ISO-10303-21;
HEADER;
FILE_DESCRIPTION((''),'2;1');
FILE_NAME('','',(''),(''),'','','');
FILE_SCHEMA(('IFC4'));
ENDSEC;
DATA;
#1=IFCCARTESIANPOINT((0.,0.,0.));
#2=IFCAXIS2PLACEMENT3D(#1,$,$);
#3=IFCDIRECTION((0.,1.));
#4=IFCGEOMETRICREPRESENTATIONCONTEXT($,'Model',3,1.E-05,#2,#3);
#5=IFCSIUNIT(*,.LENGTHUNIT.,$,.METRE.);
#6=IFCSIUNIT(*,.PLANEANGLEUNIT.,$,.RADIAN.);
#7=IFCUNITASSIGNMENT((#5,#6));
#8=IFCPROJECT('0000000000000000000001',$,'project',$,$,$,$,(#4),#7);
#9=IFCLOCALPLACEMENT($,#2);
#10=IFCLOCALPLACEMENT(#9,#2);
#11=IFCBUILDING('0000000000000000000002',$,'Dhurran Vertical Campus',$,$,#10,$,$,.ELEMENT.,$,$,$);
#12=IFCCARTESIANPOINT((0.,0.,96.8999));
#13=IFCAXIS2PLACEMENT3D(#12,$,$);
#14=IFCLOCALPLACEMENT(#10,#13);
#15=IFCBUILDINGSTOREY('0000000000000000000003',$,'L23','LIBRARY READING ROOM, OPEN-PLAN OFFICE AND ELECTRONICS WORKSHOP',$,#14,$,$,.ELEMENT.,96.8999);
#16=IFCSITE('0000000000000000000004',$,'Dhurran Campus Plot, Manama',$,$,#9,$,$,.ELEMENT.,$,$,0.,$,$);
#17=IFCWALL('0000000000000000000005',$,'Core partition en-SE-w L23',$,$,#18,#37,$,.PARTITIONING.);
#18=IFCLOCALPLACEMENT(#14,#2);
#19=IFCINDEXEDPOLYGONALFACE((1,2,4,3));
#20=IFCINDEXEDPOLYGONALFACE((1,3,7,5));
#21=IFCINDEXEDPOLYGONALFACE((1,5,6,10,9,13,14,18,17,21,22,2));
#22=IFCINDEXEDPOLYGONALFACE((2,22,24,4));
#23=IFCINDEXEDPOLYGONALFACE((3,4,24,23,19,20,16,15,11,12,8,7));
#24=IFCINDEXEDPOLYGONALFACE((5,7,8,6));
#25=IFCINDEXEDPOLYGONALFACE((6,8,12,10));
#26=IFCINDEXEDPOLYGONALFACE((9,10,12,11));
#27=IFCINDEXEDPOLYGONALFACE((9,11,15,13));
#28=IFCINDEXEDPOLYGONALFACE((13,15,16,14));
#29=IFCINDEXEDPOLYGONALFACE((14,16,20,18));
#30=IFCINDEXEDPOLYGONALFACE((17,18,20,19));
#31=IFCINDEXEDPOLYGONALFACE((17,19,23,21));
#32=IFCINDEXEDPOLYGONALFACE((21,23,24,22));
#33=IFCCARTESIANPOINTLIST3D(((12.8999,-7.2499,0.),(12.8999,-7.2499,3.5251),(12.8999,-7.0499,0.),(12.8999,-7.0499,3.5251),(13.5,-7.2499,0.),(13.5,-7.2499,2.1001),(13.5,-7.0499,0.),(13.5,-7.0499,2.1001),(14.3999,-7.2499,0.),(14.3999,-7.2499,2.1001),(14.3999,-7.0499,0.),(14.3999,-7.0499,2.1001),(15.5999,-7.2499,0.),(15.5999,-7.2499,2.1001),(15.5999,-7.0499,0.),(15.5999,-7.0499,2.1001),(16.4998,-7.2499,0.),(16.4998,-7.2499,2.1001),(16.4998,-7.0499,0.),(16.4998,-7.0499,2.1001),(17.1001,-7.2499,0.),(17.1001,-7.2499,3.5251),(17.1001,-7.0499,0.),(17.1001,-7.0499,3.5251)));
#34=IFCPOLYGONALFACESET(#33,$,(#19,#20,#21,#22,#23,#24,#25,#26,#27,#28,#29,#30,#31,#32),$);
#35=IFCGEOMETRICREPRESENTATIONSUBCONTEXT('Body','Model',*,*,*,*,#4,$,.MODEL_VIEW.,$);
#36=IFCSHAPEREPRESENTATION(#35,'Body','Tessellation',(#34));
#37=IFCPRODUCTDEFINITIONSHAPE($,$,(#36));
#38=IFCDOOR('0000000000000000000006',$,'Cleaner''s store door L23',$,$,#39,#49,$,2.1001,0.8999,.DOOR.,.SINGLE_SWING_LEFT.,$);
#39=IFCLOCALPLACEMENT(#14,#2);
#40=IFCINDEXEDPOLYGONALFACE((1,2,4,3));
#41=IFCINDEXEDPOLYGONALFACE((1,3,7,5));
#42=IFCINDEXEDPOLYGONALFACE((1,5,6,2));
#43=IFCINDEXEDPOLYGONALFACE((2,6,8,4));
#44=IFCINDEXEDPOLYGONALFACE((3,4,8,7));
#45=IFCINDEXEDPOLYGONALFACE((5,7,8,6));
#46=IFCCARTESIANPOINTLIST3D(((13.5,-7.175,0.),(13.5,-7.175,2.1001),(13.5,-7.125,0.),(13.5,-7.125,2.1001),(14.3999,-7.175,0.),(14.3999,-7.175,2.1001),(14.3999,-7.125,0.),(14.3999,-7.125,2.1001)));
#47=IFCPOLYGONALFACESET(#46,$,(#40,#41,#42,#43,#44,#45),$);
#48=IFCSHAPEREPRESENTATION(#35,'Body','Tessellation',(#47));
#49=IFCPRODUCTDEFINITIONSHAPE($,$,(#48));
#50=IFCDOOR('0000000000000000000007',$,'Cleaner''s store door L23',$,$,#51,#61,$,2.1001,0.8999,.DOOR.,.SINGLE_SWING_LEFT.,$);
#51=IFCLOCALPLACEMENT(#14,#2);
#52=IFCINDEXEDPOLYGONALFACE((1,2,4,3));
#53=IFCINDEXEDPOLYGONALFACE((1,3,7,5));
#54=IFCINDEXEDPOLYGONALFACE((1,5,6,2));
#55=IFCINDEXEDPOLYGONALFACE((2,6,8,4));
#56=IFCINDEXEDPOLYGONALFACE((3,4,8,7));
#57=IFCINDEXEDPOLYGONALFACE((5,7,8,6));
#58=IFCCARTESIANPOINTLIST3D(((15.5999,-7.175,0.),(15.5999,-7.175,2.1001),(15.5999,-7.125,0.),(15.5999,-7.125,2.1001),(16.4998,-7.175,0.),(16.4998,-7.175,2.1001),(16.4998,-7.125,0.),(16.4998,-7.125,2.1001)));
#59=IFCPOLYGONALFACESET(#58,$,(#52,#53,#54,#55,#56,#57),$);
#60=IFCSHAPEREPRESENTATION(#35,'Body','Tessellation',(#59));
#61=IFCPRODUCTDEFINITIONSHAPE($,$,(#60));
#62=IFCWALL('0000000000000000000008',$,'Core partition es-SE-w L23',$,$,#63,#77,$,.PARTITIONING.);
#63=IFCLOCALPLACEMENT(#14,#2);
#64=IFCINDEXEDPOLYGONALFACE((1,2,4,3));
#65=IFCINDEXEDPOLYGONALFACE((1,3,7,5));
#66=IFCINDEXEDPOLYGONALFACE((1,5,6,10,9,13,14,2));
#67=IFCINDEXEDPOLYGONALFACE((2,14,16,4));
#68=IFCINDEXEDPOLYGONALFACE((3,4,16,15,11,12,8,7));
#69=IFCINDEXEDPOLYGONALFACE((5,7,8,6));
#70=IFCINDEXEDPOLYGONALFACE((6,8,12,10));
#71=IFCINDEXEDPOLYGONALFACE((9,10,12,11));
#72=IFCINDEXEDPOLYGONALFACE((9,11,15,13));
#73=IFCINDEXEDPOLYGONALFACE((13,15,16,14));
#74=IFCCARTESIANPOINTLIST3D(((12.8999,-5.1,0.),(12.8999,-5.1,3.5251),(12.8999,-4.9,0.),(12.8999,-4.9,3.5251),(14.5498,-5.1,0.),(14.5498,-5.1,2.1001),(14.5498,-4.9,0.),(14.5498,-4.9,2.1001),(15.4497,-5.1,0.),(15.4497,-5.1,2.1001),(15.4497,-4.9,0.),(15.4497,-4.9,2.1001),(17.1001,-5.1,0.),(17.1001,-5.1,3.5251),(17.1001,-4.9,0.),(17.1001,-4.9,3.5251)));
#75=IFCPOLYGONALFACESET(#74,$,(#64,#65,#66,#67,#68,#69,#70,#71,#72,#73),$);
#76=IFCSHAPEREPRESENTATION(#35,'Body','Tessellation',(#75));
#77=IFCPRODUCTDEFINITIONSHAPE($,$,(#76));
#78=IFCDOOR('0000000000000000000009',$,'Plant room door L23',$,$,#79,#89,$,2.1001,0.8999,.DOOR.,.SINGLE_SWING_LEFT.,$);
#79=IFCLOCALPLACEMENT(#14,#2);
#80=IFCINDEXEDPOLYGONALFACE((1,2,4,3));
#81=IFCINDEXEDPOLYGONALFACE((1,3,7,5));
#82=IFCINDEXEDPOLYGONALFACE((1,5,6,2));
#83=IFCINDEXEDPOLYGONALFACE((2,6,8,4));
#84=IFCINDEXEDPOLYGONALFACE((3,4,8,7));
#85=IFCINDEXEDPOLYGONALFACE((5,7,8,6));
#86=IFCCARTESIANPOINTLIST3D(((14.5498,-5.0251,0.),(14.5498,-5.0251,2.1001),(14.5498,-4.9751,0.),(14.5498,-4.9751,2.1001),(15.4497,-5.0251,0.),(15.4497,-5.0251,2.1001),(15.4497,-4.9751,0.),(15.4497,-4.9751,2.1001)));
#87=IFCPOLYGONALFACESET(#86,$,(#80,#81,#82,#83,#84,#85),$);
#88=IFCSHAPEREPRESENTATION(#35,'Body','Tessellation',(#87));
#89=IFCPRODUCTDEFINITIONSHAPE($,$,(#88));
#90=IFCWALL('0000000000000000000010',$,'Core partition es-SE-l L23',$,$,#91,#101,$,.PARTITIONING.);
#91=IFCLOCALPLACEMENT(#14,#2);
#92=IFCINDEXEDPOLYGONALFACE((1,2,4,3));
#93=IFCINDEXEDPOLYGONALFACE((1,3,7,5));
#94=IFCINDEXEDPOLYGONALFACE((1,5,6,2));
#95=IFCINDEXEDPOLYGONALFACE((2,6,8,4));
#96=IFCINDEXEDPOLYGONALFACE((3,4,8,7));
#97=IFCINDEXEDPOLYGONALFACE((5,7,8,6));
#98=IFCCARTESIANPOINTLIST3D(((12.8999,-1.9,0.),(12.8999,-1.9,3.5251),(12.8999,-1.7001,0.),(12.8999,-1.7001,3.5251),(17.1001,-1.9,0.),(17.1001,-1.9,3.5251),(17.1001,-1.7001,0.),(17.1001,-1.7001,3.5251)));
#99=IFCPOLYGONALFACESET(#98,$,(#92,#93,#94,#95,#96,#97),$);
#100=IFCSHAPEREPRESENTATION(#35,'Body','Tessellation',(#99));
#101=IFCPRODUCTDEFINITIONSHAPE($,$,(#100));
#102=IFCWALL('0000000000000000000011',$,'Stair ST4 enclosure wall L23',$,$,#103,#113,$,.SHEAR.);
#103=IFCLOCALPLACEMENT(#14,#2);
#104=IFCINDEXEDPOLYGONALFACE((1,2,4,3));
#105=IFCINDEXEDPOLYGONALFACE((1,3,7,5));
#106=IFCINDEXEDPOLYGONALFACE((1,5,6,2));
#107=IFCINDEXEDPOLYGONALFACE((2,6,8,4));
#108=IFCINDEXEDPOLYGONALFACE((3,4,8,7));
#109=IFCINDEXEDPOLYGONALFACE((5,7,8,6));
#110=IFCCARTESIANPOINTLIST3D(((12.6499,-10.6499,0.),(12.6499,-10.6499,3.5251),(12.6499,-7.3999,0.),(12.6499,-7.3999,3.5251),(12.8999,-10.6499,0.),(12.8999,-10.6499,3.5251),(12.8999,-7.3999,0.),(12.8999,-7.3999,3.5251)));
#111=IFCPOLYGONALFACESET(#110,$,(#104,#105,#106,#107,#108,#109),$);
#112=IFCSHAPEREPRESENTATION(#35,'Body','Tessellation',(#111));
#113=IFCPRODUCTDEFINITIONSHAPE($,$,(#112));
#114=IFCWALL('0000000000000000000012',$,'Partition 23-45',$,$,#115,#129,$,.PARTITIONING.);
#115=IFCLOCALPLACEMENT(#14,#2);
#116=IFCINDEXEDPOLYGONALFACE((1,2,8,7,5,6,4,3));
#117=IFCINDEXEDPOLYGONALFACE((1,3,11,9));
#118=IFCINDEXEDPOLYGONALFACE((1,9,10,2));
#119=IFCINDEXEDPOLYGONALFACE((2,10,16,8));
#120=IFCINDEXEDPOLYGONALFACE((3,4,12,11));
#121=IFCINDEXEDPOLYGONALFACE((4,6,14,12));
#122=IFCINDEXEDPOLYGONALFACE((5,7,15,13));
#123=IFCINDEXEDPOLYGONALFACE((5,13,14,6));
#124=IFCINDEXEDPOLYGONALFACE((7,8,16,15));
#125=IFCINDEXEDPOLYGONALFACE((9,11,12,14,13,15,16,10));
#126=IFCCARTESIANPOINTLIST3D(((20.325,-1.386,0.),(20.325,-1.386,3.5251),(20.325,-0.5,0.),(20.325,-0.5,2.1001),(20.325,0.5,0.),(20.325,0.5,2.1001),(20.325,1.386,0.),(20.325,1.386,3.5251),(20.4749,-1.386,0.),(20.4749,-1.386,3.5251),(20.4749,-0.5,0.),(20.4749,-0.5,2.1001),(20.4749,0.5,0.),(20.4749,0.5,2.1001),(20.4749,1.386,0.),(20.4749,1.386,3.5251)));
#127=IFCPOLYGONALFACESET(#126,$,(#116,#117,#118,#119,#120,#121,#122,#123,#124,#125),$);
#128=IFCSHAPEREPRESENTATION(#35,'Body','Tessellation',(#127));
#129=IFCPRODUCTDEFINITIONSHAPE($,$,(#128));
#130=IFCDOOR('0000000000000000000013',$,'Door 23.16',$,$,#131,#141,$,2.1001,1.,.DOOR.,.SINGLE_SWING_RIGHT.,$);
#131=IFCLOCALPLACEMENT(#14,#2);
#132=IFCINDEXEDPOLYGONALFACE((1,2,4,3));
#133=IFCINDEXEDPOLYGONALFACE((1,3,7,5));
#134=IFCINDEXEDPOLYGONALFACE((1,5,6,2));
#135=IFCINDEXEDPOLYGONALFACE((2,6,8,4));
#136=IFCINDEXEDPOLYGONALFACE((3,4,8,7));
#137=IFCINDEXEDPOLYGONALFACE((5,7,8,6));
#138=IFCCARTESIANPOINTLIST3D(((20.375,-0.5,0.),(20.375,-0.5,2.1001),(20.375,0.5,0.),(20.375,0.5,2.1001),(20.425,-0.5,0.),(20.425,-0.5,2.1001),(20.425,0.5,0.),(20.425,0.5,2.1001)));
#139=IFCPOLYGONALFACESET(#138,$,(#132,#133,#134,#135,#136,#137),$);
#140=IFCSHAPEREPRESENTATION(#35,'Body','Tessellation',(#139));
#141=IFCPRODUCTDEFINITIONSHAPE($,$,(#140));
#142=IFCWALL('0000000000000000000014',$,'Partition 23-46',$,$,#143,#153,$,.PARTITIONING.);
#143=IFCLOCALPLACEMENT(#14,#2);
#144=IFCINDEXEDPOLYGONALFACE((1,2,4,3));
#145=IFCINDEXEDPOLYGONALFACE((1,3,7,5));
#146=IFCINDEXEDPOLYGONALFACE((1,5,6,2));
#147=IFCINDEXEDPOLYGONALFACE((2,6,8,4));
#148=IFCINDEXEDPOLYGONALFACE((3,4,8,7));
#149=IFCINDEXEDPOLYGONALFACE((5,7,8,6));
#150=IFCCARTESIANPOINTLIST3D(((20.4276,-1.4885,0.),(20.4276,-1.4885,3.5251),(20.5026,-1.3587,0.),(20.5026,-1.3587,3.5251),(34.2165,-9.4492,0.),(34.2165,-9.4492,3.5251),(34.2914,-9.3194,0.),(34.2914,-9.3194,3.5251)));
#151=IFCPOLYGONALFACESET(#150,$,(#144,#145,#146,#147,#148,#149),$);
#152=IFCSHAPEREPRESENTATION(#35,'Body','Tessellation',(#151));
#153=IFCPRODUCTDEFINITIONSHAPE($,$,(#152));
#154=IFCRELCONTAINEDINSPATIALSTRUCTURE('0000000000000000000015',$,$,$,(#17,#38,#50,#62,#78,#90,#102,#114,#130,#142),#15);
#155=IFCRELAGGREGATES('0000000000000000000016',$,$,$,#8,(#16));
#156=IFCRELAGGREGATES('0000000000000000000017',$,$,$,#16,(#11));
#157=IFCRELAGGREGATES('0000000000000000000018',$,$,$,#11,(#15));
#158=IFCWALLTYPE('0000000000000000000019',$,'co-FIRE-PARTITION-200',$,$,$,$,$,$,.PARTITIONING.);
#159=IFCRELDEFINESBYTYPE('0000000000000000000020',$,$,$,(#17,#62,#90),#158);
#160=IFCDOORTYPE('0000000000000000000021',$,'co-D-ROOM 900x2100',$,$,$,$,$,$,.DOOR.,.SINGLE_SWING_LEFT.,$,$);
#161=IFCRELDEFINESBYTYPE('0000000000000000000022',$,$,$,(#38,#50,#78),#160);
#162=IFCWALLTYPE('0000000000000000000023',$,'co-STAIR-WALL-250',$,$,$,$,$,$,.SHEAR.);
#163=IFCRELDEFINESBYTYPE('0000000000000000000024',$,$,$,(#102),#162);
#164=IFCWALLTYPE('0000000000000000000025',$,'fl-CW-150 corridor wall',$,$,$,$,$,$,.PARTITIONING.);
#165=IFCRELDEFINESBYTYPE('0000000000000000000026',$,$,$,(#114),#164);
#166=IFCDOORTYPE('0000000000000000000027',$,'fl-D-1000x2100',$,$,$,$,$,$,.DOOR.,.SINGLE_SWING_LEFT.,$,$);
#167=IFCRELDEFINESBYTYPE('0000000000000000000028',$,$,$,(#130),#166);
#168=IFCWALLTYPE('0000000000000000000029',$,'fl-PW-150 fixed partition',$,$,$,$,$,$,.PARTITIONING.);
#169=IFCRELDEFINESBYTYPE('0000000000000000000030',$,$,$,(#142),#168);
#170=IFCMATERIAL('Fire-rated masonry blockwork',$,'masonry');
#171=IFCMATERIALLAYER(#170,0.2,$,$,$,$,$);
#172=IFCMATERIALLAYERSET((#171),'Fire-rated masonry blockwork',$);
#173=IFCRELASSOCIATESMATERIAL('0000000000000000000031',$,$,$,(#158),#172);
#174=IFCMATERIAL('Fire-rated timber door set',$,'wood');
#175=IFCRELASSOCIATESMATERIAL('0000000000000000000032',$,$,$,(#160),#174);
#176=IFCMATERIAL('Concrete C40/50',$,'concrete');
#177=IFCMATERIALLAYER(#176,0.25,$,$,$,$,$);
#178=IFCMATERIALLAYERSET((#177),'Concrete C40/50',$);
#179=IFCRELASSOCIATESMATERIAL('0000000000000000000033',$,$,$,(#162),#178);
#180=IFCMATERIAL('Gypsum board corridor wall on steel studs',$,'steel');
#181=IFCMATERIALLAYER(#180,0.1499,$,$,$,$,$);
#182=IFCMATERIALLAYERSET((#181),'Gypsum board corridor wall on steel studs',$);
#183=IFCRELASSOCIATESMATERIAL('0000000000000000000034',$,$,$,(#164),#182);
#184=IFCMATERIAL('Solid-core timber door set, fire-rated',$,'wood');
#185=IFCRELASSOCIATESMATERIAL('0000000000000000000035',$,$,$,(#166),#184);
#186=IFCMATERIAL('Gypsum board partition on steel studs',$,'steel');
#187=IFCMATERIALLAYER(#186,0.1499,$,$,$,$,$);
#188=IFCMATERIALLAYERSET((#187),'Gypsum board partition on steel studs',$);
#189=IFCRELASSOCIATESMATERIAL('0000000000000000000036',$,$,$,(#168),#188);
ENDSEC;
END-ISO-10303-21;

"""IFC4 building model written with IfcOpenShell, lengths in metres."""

from ifc_helpers import new_model, si_unit, direction, frame, frame_2d, origin, place, context, subcontext, project, spatial, rectangle, extrude, material, layer, layer_set, type_object, element, fill, save


model = new_model("IFC4")

# Units and contexts
model_context = context("Model", 3, precision=1e-05, world=origin(), true_north=direction((0.0, 1.0)))
body_context = subcontext(model_context, "Body", "Model", "MODEL_VIEW")
ifc_project = project(units=[si_unit("LENGTHUNIT", "METRE"), si_unit("PLANEANGLEUNIT", "RADIAN")], contexts=[model_context])

# Site, building, storey
site_placement = place(None, origin())
site = spatial("IfcSite", under=ifc_project, at=site_placement, Name="Dhurran Campus Plot, Manama", CompositionType="ELEMENT", RefElevation=0.0)
building_placement = place(site_placement, origin())
building = spatial("IfcBuilding", under=site, at=building_placement, Name="Dhurran Vertical Campus", CompositionType="ELEMENT")
storey_placement = place(building_placement, frame((0.0, 0.0, 96.8999)))
storey = spatial("IfcBuildingStorey", under=building, at=storey_placement, Name="L23", Description="LIBRARY READING ROOM, OPEN-PLAN OFFICE AND ELECTRONICS WORKSHOP", CompositionType="ELEMENT", Elevation=96.8999)

# Shared definitions
ifc_material_1 = material(Name="Fire-rated masonry blockwork", Category="masonry")
ifc_layer_1 = layer(ifc_material_1, 0.2)
ifc_layer_set_1 = layer_set([ifc_layer_1], Name="Fire-rated masonry blockwork")
wall_type_1 = type_object("IfcWallType", Name="co-FIRE-PARTITION-200", PredefinedType="PARTITIONING", material=ifc_layer_set_1)

# Wall, openings, doors
wall_1_placement = place(storey_placement, frame((12.8999, -7.1499, 0.0), z_axis=(0.0, 0.0, 1.0), x_axis=(1.0, 0.0, 0.0)))
wall_1 = element("IfcWall", 1, at=wall_1_placement, inside=storey, type_object=wall_type_1, Name="Core partition en-SE-w L23", PredefinedType="PARTITIONING", context=body_context, shape_type="SweptSolid", body=[
    extrude(rectangle(XDim=4.2002, YDim=0.2, at=frame_2d((2.1001, 0.0))), origin(), (0.0, 0.0, 1.0), 3.5251),
])
opening_1_placement = place(wall_1_placement, frame((0.6001, 0.0, 0.0)))
opening_1 = element("IfcOpeningElement", 2, at=opening_1_placement, cuts=wall_1, PredefinedType="OPENING", context=body_context, shape_type="SweptSolid", body=[
    extrude(rectangle(XDim=0.8999, YDim=2.1001, at=frame_2d((0.45, 1.05))), frame((0.0, 0.1099, 0.0), z_axis=(0.0, -1.0, 0.0), x_axis=(1.0, 0.0, 0.0)), (0.0, 0.0, 1.0), 0.22),
])
opening_2_placement = place(wall_1_placement, frame((2.7, 0.0, 0.0)))
opening_2 = element("IfcOpeningElement", 3, at=opening_2_placement, cuts=wall_1, PredefinedType="OPENING", context=body_context, shape_type="SweptSolid", body=[
    extrude(rectangle(XDim=0.8999, YDim=2.1001, at=frame_2d((0.45, 1.05))), frame((0.0, 0.1099, 0.0), z_axis=(0.0, -1.0, 0.0), x_axis=(1.0, 0.0, 0.0)), (0.0, 0.0, 1.0), 0.22),
])
ifc_material_2 = material(Name="Fire-rated timber door set", Category="wood")
door_type_1 = type_object("IfcDoorType", Name="co-D-ROOM 900x2100", OperationType="SINGLE_SWING_LEFT", PredefinedType="DOOR", material=ifc_material_2)
door_1_placement = place(opening_1_placement, origin())
door_1 = element("IfcDoor", 4, at=door_1_placement, inside=storey, type_object=door_type_1, Name="Cleaner's store door L23", OperationType="SINGLE_SWING_LEFT", OverallHeight=2.1001, OverallWidth=0.8999, PredefinedType="DOOR", context=body_context, shape_type="SweptSolid", body=[
    extrude(rectangle(XDim=0.8999, YDim=2.1001, at=frame_2d((0.45, 1.05))), frame((0.0, 0.0249, 0.0), z_axis=(0.0, -1.0, 0.0), x_axis=(1.0, 0.0, 0.0)), (0.0, 0.0, 1.0), 0.05),
])
fill(opening_1, door_1)
door_2_placement = place(opening_2_placement, origin())
door_2 = element("IfcDoor", 5, at=door_2_placement, inside=storey, type_object=door_type_1, Name="Cleaner's store door L23", OperationType="SINGLE_SWING_LEFT", OverallHeight=2.1001, OverallWidth=0.8999, PredefinedType="DOOR", context=body_context, shape_type="SweptSolid", body=[
    extrude(rectangle(XDim=0.8999, YDim=2.1001, at=frame_2d((0.45, 1.05))), frame((0.0, 0.0249, 0.0), z_axis=(0.0, -1.0, 0.0), x_axis=(1.0, 0.0, 0.0)), (0.0, 0.0, 1.0), 0.05),
])
fill(opening_2, door_2)

# Wall, opening, door
wall_2_placement = place(storey_placement, frame((12.8999, -5.0, 0.0), z_axis=(0.0, 0.0, 1.0), x_axis=(1.0, 0.0, 0.0)))
wall_2 = element("IfcWall", 6, at=wall_2_placement, inside=storey, type_object=wall_type_1, Name="Core partition es-SE-w L23", PredefinedType="PARTITIONING", context=body_context, shape_type="SweptSolid", body=[
    extrude(rectangle(XDim=4.2002, YDim=0.2, at=frame_2d((2.1001, 0.0))), origin(), (0.0, 0.0, 1.0), 3.5251),
])
opening_3_placement = place(wall_2_placement, frame((1.6499, 0.0, 0.0)))
opening_3 = element("IfcOpeningElement", 7, at=opening_3_placement, cuts=wall_2, PredefinedType="OPENING", context=body_context, shape_type="SweptSolid", body=[
    extrude(rectangle(XDim=0.8999, YDim=2.1001, at=frame_2d((0.45, 1.05))), frame((0.0, 0.1099, 0.0), z_axis=(0.0, -1.0, 0.0), x_axis=(1.0, 0.0, 0.0)), (0.0, 0.0, 1.0), 0.22),
])
door_3_placement = place(opening_3_placement, origin())
door_3 = element("IfcDoor", 8, at=door_3_placement, inside=storey, type_object=door_type_1, Name="Plant room door L23", OperationType="SINGLE_SWING_LEFT", OverallHeight=2.1001, OverallWidth=0.8999, PredefinedType="DOOR", context=body_context, shape_type="SweptSolid", body=[
    extrude(rectangle(XDim=0.8999, YDim=2.1001, at=frame_2d((0.45, 1.05))), frame((0.0, 0.0249, 0.0), z_axis=(0.0, -1.0, 0.0), x_axis=(1.0, 0.0, 0.0)), (0.0, 0.0, 1.0), 0.05),
])
fill(opening_3, door_3)

# Walls
wall_3_placement = place(storey_placement, frame((12.8999, -1.8, 0.0), z_axis=(0.0, 0.0, 1.0), x_axis=(1.0, 0.0, 0.0)))
element("IfcWall", 9, at=wall_3_placement, inside=storey, type_object=wall_type_1, Name="Core partition es-SE-l L23", PredefinedType="PARTITIONING", context=body_context, shape_type="SweptSolid", body=[
    extrude(rectangle(XDim=4.2002, YDim=0.2, at=frame_2d((2.1001, 0.0))), origin(), (0.0, 0.0, 1.0), 3.5251),
])
ifc_material_3 = material(Name="Concrete C40/50", Category="concrete")
ifc_layer_2 = layer(ifc_material_3, 0.25)
ifc_layer_set_2 = layer_set([ifc_layer_2], Name="Concrete C40/50")
wall_type_2 = type_object("IfcWallType", Name="co-STAIR-WALL-250", PredefinedType="SHEAR", material=ifc_layer_set_2)
wall_4_placement = place(storey_placement, frame((12.7749, -10.6499, 0.0), z_axis=(0.0, 0.0, 1.0), x_axis=(0.0, 1.0, 0.0)))
element("IfcWall", 10, at=wall_4_placement, inside=storey, type_object=wall_type_2, Name="Stair ST4 enclosure wall L23", PredefinedType="SHEAR", context=body_context, shape_type="SweptSolid", body=[
    extrude(rectangle(XDim=3.25, YDim=0.25, at=frame_2d((1.625, 0.0))), origin(), (0.0, 0.0, 1.0), 3.5251),
])

# Wall, opening, door
ifc_material_4 = material(Name="Gypsum board corridor wall on steel studs", Category="steel")
ifc_layer_3 = layer(ifc_material_4, 0.1499)
ifc_layer_set_3 = layer_set([ifc_layer_3], Name="Gypsum board corridor wall on steel studs")
wall_type_3 = type_object("IfcWallType", Name="fl-CW-150 corridor wall", PredefinedType="PARTITIONING", material=ifc_layer_set_3)
wall_5_placement = place(storey_placement, frame((20.3999, -1.386, 0.0), z_axis=(0.0, 0.0, 1.0), x_axis=(0.0, 1.0, 0.0)))
wall_5 = element("IfcWall", 11, at=wall_5_placement, inside=storey, type_object=wall_type_3, Name="Partition 23-45", PredefinedType="PARTITIONING", context=body_context, shape_type="SweptSolid", body=[
    extrude(rectangle(XDim=2.772, YDim=0.1499, at=frame_2d((1.386, 0.0))), origin(), (0.0, 0.0, 1.0), 3.5251),
])
opening_4_placement = place(wall_5_placement, frame((0.886, 0.0, 0.0)))
opening_4 = element("IfcOpeningElement", 12, at=opening_4_placement, cuts=wall_5, PredefinedType="OPENING", context=body_context, shape_type="SweptSolid", body=[
    extrude(rectangle(XDim=1.0, YDim=2.1001, at=frame_2d((0.5, 1.05))), frame((0.0, 0.085, 0.0), z_axis=(0.0, -1.0, 0.0), x_axis=(1.0, 0.0, 0.0)), (0.0, 0.0, 1.0), 0.1699),
])
ifc_material_5 = material(Name="Solid-core timber door set, fire-rated", Category="wood")
door_type_2 = type_object("IfcDoorType", Name="fl-D-1000x2100", OperationType="SINGLE_SWING_LEFT", PredefinedType="DOOR", material=ifc_material_5)
door_4_placement = place(opening_4_placement, origin())
door_4 = element("IfcDoor", 13, at=door_4_placement, inside=storey, type_object=door_type_2, Name="Door 23.16", OperationType="SINGLE_SWING_RIGHT", OverallHeight=2.1001, OverallWidth=1.0, PredefinedType="DOOR", context=body_context, shape_type="SweptSolid", body=[
    extrude(rectangle(XDim=1.0, YDim=2.1001, at=frame_2d((0.5, 1.05))), frame((0.0, 0.0249, 0.0), z_axis=(0.0, -1.0, 0.0), x_axis=(1.0, 0.0, 0.0)), (0.0, 0.0, 1.0), 0.05),
])
fill(opening_4, door_4)

# Wall
ifc_material_6 = material(Name="Gypsum board partition on steel studs", Category="steel")
ifc_layer_4 = layer(ifc_material_6, 0.1499)
ifc_layer_set_4 = layer_set([ifc_layer_4], Name="Gypsum board partition on steel studs")
wall_type_4 = type_object("IfcWallType", Name="fl-PW-150 fixed partition", PredefinedType="PARTITIONING", material=ifc_layer_set_4)
wall_6_placement = place(storey_placement, frame((20.4651, -1.4236, 0.0), z_axis=(0.0, 0.0, 1.0), x_axis=(0.866033, -0.499987, 0.0)))
element("IfcWall", 14, at=wall_6_placement, inside=storey, type_object=wall_type_4, Name="Partition 23-46", PredefinedType="PARTITIONING", context=body_context, shape_type="SweptSolid", body=[
    extrude(rectangle(XDim=15.9219, YDim=0.1499, at=frame_2d((7.9609, 0.0))), origin(), (0.0, 0.0, 1.0), 3.5251),
])

save(model, "model.ifc")
